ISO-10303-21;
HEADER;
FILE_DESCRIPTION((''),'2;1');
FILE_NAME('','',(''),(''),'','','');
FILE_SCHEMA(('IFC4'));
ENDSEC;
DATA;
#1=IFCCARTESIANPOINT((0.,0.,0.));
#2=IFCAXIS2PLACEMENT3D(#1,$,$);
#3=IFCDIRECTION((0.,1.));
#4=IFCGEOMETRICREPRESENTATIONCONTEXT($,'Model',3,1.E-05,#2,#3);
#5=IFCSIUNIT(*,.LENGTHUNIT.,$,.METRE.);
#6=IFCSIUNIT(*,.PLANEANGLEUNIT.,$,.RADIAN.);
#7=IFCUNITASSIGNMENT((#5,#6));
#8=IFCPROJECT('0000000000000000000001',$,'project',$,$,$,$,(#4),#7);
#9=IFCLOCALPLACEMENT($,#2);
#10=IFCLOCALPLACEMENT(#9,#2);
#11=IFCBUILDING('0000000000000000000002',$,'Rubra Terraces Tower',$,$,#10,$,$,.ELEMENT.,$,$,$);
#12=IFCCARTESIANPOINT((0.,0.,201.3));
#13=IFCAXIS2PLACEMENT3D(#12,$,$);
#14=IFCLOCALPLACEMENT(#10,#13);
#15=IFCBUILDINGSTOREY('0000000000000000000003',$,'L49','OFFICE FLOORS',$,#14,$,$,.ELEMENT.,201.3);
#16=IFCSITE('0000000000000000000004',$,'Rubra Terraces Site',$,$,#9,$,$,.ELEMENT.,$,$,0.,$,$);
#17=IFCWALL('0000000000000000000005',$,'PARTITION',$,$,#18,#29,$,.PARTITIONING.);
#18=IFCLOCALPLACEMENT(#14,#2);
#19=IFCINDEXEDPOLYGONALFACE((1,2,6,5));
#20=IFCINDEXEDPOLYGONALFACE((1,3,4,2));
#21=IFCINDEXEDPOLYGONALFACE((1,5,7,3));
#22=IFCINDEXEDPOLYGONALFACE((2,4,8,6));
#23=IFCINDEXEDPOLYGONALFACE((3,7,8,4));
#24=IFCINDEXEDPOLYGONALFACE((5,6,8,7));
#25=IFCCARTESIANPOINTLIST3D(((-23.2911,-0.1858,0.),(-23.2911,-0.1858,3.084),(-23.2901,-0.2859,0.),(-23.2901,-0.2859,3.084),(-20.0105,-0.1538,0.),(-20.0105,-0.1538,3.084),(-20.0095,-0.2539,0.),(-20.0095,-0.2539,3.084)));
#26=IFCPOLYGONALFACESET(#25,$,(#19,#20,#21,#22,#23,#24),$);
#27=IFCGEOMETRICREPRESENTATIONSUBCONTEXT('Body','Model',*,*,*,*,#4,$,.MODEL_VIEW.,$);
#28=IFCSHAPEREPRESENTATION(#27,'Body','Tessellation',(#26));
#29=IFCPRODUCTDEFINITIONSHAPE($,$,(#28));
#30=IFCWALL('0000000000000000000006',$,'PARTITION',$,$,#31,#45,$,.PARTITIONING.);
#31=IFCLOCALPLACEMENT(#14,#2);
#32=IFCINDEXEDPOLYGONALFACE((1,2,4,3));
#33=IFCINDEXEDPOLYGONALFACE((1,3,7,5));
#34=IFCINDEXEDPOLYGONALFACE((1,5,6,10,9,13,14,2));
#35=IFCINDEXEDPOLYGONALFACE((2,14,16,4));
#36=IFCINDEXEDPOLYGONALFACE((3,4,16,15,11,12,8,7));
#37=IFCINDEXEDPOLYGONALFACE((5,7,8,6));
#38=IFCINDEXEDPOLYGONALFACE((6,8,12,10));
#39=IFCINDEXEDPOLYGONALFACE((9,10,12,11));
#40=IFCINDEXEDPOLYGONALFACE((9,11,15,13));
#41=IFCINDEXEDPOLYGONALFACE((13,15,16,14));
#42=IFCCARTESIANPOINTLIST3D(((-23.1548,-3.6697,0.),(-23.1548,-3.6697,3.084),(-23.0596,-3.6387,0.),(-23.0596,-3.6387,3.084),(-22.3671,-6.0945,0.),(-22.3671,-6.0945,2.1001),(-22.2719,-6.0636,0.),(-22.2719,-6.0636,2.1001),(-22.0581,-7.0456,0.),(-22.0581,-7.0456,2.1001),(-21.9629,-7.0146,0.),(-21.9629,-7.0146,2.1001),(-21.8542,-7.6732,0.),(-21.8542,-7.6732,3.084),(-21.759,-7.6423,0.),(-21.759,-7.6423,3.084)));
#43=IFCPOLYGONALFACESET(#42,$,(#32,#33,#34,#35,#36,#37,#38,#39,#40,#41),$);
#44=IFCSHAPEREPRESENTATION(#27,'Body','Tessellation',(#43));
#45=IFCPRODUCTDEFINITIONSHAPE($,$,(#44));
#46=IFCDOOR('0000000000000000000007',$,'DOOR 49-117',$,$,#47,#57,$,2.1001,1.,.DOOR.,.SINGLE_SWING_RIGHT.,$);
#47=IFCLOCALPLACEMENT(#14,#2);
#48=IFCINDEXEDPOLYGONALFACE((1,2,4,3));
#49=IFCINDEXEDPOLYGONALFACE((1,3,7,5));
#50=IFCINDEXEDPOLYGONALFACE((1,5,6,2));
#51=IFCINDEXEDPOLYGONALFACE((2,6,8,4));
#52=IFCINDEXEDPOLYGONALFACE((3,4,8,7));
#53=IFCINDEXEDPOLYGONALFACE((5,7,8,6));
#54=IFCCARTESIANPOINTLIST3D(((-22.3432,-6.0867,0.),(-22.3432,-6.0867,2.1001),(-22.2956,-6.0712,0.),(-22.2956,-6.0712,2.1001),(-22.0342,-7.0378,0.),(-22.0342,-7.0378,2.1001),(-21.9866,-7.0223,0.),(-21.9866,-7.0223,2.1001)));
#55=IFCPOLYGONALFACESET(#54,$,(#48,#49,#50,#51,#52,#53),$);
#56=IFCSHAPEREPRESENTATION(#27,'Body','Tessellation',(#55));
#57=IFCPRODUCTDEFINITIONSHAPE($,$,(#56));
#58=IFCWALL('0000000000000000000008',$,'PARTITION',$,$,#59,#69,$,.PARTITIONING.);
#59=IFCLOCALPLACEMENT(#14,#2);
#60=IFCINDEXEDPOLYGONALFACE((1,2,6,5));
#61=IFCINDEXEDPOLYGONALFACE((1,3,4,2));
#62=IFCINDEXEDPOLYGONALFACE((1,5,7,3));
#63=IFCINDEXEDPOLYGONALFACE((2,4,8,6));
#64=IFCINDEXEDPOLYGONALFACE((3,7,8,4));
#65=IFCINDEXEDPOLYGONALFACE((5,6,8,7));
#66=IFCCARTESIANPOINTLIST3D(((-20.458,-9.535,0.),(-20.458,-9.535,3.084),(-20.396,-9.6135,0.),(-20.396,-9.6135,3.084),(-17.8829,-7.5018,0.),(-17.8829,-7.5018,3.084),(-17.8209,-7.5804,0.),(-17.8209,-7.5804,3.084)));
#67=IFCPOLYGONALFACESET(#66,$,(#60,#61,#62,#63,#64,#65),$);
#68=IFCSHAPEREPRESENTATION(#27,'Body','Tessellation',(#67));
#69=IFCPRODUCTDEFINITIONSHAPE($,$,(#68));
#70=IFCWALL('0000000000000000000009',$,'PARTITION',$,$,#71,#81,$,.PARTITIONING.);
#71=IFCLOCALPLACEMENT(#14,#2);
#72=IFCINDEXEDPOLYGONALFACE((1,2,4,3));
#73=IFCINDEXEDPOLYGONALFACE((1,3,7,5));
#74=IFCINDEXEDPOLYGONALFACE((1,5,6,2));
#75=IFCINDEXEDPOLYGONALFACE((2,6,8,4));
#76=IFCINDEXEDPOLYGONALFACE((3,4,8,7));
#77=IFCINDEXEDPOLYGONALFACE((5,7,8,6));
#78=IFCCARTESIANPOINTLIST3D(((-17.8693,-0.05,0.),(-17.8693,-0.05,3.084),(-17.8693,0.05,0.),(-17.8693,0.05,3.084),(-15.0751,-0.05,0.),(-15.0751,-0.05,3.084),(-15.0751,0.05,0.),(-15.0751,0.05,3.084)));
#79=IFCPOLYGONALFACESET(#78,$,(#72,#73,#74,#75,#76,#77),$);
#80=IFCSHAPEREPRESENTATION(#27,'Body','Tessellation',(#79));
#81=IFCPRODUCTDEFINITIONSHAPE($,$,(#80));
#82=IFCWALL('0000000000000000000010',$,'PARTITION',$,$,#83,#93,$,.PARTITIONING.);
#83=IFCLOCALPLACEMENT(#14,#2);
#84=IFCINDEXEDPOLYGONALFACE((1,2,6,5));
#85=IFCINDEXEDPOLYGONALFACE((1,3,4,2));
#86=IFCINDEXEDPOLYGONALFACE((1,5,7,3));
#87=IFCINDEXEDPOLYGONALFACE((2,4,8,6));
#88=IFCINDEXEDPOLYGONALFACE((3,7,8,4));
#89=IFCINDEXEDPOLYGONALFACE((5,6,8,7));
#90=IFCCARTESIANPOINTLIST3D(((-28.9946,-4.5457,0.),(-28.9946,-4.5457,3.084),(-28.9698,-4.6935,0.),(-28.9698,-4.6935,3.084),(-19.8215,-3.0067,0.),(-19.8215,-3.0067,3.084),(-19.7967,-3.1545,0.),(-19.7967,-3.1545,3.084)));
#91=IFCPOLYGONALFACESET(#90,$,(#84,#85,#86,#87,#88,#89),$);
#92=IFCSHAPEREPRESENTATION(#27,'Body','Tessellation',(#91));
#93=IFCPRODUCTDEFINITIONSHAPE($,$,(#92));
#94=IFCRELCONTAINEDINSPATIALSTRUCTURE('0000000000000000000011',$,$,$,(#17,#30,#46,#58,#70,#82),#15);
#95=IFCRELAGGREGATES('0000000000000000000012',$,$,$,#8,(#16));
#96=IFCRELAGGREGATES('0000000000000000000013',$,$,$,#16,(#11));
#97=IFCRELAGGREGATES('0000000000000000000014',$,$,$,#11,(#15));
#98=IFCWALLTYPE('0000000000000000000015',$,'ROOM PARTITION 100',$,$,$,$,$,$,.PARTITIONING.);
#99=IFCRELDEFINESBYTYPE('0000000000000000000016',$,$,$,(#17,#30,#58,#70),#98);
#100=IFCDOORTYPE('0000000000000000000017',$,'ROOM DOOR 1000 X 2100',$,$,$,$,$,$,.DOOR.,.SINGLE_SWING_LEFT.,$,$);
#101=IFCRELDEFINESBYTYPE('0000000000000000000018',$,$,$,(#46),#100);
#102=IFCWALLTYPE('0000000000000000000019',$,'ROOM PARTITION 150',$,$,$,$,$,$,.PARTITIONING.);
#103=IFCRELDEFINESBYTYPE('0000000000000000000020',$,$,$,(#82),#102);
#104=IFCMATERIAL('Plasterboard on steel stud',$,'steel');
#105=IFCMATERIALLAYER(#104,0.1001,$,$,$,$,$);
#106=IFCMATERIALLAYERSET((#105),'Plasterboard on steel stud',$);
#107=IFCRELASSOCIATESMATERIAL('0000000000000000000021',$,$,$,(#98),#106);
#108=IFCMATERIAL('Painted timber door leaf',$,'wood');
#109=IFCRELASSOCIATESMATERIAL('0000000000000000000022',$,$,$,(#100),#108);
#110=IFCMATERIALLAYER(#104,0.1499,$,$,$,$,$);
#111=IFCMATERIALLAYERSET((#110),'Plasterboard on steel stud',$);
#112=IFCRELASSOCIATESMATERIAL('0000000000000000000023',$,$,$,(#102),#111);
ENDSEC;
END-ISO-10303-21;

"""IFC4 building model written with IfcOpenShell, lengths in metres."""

from ifc_helpers import new_model, si_unit, direction, frame, frame_2d, origin, place, context, subcontext, project, spatial, rectangle, extrude, material, layer, layer_set, type_object, element, fill, save


model = new_model("IFC4")

# Units and contexts
model_context = context("Model", 3, precision=1e-05, world=origin(), true_north=direction((0.0, 1.0)))
body_context = subcontext(model_context, "Body", "Model", "MODEL_VIEW")
ifc_project = project(units=[si_unit("LENGTHUNIT", "METRE"), si_unit("PLANEANGLEUNIT", "RADIAN")], contexts=[model_context])

# Site, building, storey
site_placement = place(None, origin())
site = spatial("IfcSite", under=ifc_project, at=site_placement, Name="Rubra Terraces Site", CompositionType="ELEMENT", RefElevation=0.0)
building_placement = place(site_placement, origin())
building = spatial("IfcBuilding", under=site, at=building_placement, Name="Rubra Terraces Tower", CompositionType="ELEMENT")
storey_placement = place(building_placement, frame((0.0, 0.0, 201.3)))
storey = spatial("IfcBuildingStorey", under=building, at=storey_placement, Name="L49", Description="OFFICE FLOORS", CompositionType="ELEMENT", Elevation=201.3)

# Shared definitions
ifc_material_1 = material(Name="Painted timber door leaf", Category="wood")

# Shared definitions
ifc_material_2 = material(Name="Plasterboard on steel stud", Category="steel")
ifc_layer_1 = layer(ifc_material_2, 0.1001)
ifc_layer_set_1 = layer_set([ifc_layer_1], Name="Plasterboard on steel stud")
wall_type_1 = type_object("IfcWallType", Name="ROOM PARTITION 100", PredefinedType="PARTITIONING", material=ifc_layer_set_1)

# Wall
wall_1_placement = place(storey_placement, frame((-20.01, -0.2039, 0.0), z_axis=(0.0, 0.0, 1.0), x_axis=(-0.999952, -0.009749, 0.0)))
element("IfcWall", 1, at=wall_1_placement, inside=storey, type_object=wall_type_1, Name="PARTITION", PredefinedType="PARTITIONING", context=body_context, shape_type="SweptSolid", body=[
    extrude(rectangle(XDim=3.2808, YDim=0.1001, at=frame_2d((1.6404, 0.0))), origin(), (0.0, 0.0, 1.0), 3.084),
])

# Wall, opening, door
wall_2_placement = place(storey_placement, frame((-21.8066, -7.6577, 0.0), z_axis=(0.0, 0.0, 1.0), x_axis=(-0.308963, 0.951074, 0.0)))
wall_2 = element("IfcWall", 2, at=wall_2_placement, inside=storey, type_object=wall_type_1, Name="PARTITION", PredefinedType="PARTITIONING", context=body_context, shape_type="SweptSolid", body=[
    extrude(rectangle(XDim=4.2095, YDim=0.1001, at=frame_2d((2.1047, 0.0))), origin(), (0.0, 0.0, 1.0), 3.084),
])
opening_1_placement = place(wall_2_placement, frame((0.6599, 0.0, 0.0)))
opening_1 = element("IfcOpeningElement", 3, at=opening_1_placement, cuts=wall_2, PredefinedType="OPENING", context=body_context, shape_type="SweptSolid", body=[
    extrude(rectangle(XDim=1.0, YDim=2.1001, at=frame_2d((0.5, 1.05))), frame((0.0, 0.0601, 0.0), z_axis=(0.0, -1.0, 0.0), x_axis=(1.0, 0.0, 0.0)), (0.0, 0.0, 1.0), 0.1201),
])
door_type_1 = type_object("IfcDoorType", Name="ROOM DOOR 1000 X 2100", OperationType="SINGLE_SWING_LEFT", PredefinedType="DOOR", material=ifc_material_1)
door_1_placement = place(opening_1_placement, origin())
door_1 = element("IfcDoor", 4, at=door_1_placement, inside=storey, type_object=door_type_1, Name="DOOR 49-117", OperationType="SINGLE_SWING_RIGHT", OverallHeight=2.1001, OverallWidth=1.0, PredefinedType="DOOR", context=body_context, shape_type="SweptSolid", body=[
    extrude(rectangle(XDim=1.0, YDim=2.1001, at=frame_2d((0.5, 1.05))), frame((0.0, 0.0249, 0.0), z_axis=(0.0, -1.0, 0.0), x_axis=(1.0, 0.0, 0.0)), (0.0, 0.0, 1.0), 0.05),
])
fill(opening_1, door_1)

# Walls
wall_3_placement = place(storey_placement, frame((-17.8518, -7.541, 0.0), z_axis=(0.0, 0.0, 1.0), x_axis=(-0.78486, -0.619673, 0.0)))
element("IfcWall", 5, at=wall_3_placement, inside=storey, type_object=wall_type_1, Name="PARTITION", PredefinedType="PARTITIONING", context=body_context, shape_type="SweptSolid", body=[
    extrude(rectangle(XDim=3.281, YDim=0.1001, at=frame_2d((1.6406, 0.0))), origin(), (0.0, 0.0, 1.0), 3.084),
])
wall_4_placement = place(storey_placement, frame((-17.8691, 0.0, 0.0), z_axis=(0.0, 0.0, 1.0), x_axis=(1.0, 0.0, 0.0)))
element("IfcWall", 6, at=wall_4_placement, inside=storey, type_object=wall_type_1, Name="PARTITION", PredefinedType="PARTITIONING", context=body_context, shape_type="SweptSolid", body=[
    extrude(rectangle(XDim=2.7942, YDim=0.1001, at=frame_2d((1.397, 0.0))), origin(), (0.0, 0.0, 1.0), 3.084),
])
ifc_layer_2 = layer(ifc_material_2, 0.1499)
ifc_layer_set_2 = layer_set([ifc_layer_2], Name="Plasterboard on steel stud")
wall_type_2 = type_object("IfcWallType", Name="ROOM PARTITION 150", PredefinedType="PARTITIONING", material=ifc_layer_set_2)
wall_5_placement = place(storey_placement, frame((-28.9822, -4.6196, 0.0), z_axis=(0.0, 0.0, 1.0), x_axis=(0.986215, 0.165467, 0.0)))
element("IfcWall", 7, at=wall_5_placement, inside=storey, type_object=wall_type_2, Name="PARTITION", PredefinedType="PARTITIONING", context=body_context, shape_type="SweptSolid", body=[
    extrude(rectangle(XDim=9.3013, YDim=0.1499, at=frame_2d((4.6506, 0.0))), origin(), (0.0, 0.0, 1.0), 3.084),
])

save(model, "model.ifc")
